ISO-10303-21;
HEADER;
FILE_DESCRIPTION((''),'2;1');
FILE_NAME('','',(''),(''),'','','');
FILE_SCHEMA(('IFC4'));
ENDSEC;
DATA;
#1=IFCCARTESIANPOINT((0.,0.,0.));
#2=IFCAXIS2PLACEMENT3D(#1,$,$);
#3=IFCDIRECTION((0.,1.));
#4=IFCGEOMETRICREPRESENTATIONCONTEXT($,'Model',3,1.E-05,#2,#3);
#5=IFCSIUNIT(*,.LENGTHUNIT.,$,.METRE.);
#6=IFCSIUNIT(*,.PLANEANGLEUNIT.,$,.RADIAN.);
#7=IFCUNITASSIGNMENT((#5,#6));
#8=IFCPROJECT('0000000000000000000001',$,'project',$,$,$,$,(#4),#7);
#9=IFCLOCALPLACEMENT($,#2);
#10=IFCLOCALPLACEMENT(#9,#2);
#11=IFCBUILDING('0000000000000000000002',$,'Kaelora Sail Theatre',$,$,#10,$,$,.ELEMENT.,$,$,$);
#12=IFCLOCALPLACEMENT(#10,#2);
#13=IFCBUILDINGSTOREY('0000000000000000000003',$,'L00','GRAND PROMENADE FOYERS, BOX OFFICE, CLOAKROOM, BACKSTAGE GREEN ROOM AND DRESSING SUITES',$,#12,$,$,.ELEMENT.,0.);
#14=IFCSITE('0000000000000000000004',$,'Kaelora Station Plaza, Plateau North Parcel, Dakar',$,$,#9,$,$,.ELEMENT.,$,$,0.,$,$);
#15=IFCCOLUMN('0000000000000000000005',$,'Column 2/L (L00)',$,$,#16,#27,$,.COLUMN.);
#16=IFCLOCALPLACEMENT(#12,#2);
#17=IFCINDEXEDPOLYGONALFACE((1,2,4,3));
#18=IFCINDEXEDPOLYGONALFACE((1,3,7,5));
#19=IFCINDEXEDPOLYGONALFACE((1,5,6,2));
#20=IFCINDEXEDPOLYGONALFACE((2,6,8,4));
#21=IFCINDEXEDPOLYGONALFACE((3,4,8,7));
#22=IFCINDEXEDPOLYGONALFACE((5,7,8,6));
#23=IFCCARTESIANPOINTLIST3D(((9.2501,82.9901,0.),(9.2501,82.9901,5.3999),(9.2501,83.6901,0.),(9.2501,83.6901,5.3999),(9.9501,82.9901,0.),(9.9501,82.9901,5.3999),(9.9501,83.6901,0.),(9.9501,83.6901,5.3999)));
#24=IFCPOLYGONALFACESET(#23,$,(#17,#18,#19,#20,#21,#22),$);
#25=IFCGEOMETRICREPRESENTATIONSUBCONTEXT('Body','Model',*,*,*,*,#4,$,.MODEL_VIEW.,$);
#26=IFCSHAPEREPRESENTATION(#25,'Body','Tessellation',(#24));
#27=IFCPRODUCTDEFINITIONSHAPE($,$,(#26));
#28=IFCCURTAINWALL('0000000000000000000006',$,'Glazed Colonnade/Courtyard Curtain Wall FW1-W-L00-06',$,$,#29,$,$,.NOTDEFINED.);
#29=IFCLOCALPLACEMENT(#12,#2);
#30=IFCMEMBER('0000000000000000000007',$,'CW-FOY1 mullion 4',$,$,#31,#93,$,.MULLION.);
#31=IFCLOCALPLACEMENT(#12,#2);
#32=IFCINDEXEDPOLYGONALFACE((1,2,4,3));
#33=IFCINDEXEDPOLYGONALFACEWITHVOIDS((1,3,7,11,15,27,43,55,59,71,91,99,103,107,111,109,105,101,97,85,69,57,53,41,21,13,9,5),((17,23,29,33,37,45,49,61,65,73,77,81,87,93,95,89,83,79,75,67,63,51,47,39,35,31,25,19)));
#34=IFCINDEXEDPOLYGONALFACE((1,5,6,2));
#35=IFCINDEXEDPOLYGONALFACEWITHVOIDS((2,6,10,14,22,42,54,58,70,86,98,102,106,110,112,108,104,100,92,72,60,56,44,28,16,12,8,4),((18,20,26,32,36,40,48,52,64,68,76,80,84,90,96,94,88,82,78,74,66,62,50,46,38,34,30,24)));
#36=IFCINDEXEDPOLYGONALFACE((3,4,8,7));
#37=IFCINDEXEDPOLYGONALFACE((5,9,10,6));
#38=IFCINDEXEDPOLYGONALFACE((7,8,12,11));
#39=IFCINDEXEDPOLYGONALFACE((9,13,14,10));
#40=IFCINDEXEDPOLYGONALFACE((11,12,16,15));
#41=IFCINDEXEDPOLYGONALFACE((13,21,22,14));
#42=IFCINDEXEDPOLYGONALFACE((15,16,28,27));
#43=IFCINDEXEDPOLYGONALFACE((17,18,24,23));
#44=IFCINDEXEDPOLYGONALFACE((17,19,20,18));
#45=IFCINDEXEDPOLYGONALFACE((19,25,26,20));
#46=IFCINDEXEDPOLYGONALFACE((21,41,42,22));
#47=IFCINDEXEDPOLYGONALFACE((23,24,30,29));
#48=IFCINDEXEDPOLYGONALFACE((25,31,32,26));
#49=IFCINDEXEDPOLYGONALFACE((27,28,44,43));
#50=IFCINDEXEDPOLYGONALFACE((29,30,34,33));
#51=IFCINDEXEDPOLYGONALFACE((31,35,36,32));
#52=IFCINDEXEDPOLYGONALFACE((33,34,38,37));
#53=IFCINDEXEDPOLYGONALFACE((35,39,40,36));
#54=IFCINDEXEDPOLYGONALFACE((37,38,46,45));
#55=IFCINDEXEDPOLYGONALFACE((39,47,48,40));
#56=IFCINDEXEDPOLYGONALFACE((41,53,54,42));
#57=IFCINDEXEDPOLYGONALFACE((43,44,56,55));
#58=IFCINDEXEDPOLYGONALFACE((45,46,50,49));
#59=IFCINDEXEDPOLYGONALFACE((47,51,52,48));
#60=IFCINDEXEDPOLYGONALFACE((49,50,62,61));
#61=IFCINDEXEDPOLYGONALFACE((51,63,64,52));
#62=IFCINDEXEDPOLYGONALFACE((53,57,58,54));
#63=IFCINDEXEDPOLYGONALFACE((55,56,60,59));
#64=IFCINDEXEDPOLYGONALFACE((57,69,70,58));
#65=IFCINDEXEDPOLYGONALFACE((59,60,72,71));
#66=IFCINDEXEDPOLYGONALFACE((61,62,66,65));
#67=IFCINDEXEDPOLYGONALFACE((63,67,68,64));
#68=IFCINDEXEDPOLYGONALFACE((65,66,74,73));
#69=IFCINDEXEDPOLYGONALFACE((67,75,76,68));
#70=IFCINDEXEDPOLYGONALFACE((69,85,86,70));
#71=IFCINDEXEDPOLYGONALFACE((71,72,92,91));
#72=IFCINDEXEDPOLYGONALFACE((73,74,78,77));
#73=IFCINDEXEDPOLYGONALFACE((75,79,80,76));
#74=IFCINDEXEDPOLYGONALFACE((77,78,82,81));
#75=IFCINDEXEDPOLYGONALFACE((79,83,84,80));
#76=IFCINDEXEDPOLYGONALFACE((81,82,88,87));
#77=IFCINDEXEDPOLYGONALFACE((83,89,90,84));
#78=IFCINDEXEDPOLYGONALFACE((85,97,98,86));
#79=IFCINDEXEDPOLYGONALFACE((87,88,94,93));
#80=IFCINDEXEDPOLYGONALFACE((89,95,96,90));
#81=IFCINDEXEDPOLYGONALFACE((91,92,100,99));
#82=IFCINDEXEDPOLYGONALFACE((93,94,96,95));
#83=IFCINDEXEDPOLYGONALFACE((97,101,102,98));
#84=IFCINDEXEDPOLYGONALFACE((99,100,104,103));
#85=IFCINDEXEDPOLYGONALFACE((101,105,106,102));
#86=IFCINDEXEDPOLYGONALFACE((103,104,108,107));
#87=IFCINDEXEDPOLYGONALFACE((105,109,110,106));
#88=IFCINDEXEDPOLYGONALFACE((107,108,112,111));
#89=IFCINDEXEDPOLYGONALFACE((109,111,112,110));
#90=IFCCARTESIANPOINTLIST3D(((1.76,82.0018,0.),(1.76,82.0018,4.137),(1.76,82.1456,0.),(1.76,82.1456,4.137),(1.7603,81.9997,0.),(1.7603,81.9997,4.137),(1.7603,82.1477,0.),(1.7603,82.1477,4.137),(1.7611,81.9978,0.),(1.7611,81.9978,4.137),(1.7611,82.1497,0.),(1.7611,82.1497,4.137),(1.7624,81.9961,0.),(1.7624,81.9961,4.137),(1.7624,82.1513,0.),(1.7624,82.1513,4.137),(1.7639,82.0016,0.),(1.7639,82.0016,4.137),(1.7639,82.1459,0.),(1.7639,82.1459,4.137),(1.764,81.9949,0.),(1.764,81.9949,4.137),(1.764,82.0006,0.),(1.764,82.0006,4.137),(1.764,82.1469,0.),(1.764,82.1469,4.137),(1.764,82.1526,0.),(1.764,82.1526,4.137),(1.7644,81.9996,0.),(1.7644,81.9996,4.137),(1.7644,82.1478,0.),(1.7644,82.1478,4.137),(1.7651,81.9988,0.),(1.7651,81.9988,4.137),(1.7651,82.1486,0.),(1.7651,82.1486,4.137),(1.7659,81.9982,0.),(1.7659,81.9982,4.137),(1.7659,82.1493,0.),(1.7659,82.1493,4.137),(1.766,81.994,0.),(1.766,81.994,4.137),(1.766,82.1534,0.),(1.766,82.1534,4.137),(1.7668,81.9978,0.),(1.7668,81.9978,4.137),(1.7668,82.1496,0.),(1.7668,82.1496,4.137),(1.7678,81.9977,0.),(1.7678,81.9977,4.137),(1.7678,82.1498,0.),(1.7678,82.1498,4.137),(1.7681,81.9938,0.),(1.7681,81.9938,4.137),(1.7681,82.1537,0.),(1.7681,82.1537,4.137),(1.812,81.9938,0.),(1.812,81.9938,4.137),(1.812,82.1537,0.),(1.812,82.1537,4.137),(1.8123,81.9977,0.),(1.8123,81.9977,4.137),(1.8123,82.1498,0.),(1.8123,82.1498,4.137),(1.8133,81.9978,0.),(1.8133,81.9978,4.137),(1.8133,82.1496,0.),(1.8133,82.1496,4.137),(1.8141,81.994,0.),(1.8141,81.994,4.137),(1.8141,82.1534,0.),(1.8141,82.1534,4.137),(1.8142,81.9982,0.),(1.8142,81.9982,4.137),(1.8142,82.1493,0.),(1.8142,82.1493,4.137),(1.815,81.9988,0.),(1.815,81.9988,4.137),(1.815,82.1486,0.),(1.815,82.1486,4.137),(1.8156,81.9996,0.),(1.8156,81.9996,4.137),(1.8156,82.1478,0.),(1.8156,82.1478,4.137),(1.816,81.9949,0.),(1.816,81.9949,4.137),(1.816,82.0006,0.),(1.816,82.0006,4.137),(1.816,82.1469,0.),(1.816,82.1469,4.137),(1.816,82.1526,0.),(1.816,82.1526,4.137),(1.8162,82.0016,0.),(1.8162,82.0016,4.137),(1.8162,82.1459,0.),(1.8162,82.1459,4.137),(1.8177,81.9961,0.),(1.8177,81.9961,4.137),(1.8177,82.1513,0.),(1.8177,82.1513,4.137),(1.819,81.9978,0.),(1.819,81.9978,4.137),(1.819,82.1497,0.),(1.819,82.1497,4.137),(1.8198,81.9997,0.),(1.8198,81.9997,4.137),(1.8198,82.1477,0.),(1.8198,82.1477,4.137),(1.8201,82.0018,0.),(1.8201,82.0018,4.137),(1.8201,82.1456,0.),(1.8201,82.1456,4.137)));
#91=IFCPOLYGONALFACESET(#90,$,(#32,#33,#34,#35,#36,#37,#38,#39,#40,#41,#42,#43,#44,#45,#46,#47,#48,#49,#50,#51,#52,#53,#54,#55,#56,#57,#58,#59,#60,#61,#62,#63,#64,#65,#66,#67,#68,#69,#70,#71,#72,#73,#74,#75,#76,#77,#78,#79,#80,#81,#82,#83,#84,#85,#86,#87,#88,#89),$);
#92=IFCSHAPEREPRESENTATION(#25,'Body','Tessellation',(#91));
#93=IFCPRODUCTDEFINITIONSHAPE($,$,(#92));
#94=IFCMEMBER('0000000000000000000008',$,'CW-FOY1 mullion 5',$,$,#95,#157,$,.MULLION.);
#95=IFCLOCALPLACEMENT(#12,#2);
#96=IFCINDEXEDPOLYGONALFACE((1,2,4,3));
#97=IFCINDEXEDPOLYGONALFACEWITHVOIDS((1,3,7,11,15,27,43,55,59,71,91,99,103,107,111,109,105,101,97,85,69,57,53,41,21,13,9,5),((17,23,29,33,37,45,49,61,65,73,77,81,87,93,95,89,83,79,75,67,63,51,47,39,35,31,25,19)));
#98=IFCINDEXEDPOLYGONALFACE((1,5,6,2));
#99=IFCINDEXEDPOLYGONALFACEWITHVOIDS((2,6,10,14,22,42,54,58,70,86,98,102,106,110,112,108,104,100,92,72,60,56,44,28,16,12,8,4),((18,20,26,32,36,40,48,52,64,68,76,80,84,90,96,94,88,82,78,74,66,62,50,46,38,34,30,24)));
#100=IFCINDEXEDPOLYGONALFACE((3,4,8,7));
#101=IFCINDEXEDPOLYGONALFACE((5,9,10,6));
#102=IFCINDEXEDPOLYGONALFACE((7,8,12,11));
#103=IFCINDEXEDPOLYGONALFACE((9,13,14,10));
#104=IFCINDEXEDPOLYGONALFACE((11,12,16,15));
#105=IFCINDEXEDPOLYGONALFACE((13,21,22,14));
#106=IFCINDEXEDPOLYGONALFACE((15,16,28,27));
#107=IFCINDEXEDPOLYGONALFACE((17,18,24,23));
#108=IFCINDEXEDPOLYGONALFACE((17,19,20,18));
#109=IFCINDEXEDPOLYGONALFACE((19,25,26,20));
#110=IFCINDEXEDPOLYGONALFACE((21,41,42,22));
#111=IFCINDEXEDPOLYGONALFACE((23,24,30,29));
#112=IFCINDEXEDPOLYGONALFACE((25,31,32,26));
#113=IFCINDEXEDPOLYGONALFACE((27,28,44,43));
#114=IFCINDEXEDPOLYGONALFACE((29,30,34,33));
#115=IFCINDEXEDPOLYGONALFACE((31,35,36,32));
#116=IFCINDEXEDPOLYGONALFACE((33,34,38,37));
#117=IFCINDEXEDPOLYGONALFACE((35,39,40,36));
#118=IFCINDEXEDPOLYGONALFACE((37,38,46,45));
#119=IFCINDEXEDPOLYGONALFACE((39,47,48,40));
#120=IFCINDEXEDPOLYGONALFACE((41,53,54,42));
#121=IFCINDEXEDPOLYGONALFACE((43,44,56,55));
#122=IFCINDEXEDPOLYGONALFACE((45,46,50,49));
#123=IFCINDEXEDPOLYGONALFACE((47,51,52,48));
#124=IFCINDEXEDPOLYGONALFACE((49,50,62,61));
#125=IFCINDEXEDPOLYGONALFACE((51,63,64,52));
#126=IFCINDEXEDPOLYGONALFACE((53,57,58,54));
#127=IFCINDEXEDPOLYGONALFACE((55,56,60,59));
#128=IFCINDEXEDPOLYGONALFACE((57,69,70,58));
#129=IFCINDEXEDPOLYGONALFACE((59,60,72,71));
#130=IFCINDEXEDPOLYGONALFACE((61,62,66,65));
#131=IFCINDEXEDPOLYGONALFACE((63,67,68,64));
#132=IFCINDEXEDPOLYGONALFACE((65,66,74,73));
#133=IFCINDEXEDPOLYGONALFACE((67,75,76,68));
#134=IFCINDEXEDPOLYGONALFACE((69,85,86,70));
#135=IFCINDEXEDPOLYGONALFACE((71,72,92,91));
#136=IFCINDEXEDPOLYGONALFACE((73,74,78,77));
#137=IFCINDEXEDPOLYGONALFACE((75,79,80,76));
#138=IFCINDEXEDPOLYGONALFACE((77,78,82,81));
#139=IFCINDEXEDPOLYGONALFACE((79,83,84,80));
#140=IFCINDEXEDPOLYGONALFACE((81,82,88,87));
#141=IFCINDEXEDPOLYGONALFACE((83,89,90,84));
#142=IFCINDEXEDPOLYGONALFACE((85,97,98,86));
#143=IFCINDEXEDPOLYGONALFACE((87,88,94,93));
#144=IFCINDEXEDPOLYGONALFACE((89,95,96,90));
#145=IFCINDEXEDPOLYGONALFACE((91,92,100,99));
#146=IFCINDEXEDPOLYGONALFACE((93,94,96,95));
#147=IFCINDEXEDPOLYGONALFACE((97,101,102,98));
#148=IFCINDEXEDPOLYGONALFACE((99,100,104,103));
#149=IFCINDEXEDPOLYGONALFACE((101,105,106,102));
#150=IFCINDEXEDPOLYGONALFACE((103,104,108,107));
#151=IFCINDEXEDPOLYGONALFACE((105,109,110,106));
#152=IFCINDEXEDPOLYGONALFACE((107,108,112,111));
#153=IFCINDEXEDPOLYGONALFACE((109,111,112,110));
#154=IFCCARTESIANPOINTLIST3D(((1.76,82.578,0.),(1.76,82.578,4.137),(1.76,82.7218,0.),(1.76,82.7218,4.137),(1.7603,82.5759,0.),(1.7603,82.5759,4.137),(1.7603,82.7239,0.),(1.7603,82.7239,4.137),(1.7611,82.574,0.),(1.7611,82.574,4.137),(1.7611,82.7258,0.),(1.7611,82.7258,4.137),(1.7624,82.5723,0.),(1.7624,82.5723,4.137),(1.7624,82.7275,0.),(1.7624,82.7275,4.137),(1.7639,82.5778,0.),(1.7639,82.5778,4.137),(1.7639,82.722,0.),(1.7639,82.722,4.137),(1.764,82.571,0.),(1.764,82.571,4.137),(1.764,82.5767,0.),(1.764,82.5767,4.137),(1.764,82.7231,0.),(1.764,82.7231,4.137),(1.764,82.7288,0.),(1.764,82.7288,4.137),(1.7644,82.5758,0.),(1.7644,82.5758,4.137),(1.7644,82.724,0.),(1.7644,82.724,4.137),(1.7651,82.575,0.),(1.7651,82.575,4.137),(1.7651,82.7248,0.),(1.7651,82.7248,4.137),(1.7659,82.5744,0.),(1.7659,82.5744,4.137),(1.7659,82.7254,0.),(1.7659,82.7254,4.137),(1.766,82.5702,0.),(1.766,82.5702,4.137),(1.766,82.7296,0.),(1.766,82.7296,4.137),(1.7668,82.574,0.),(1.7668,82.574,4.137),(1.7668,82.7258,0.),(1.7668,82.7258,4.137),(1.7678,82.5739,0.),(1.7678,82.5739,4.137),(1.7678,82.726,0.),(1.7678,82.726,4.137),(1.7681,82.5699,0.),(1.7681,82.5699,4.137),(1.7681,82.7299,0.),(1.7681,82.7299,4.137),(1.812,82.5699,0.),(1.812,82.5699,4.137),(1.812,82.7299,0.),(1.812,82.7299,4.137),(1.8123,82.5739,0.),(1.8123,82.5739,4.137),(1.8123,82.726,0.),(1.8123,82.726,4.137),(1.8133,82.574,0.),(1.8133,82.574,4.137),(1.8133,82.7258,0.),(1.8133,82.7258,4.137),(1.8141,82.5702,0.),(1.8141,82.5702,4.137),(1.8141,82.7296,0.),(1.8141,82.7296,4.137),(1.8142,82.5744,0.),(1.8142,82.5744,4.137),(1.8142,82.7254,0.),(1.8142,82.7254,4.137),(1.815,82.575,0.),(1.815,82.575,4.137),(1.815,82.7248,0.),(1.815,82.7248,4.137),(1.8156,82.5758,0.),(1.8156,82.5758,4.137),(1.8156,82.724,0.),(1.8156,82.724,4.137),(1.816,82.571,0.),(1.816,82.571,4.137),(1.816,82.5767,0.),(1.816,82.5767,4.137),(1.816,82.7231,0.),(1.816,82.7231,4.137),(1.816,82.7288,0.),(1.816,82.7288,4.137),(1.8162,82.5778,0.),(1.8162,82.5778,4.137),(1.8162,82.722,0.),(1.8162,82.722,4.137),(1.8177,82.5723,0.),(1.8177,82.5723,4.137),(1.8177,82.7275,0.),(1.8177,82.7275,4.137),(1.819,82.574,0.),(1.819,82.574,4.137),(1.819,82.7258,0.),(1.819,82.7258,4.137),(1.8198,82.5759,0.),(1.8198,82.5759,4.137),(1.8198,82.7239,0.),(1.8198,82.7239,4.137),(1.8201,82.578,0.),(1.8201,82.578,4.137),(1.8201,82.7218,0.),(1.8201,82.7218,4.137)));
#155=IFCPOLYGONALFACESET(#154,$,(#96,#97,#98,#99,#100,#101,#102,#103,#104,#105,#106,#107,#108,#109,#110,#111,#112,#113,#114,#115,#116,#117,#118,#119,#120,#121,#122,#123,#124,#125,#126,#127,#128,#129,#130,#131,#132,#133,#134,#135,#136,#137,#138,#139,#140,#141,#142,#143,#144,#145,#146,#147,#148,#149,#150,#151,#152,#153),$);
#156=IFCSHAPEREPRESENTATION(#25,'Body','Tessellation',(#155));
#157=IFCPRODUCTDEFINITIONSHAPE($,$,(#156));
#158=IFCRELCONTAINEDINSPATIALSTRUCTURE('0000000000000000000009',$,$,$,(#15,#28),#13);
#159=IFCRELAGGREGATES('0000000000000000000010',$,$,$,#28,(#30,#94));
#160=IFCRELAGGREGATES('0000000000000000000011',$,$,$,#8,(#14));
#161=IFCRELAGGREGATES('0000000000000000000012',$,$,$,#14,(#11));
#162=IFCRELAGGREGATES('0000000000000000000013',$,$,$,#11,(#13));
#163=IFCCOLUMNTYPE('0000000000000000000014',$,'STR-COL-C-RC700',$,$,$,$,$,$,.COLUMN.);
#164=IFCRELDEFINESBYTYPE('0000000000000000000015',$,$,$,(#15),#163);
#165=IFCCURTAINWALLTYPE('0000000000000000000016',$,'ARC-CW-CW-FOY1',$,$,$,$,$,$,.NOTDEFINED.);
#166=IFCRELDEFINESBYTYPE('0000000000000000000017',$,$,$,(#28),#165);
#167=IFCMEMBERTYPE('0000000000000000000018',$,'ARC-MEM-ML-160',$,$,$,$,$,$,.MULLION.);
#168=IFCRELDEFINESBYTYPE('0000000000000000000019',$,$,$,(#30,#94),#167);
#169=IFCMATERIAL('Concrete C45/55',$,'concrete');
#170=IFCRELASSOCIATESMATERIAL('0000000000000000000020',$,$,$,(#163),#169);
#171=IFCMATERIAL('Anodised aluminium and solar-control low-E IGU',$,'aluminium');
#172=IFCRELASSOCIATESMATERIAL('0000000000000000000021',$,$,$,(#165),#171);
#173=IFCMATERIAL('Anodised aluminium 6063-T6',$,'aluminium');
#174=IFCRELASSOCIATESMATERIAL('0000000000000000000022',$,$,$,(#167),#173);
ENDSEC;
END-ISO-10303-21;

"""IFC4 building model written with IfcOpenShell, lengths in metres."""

from ifc_helpers import new_model, si_unit, direction, frame, origin, origin_2d, place, context, subcontext, project, spatial, rectangle, hollow_rectangle, extrude, material, material_profile, profile_set, type_object, element, aggregate, save


model = new_model("IFC4")

# Units and contexts
model_context = context("Model", 3, precision=1e-05, world=origin(), true_north=direction((0.0, 1.0)))
body_context = subcontext(model_context, "Body", "Model", "MODEL_VIEW")
ifc_project = project(units=[si_unit("LENGTHUNIT", "METRE"), si_unit("PLANEANGLEUNIT", "RADIAN")], contexts=[model_context])

# Site, building, storey
site_placement = place(None, origin())
site = spatial("IfcSite", under=ifc_project, at=site_placement, Name="Kaelora Station Plaza, Plateau North Parcel, Dakar", CompositionType="ELEMENT", RefElevation=0.0)
building_placement = place(site_placement, origin())
building = spatial("IfcBuilding", under=site, at=building_placement, Name="Kaelora Sail Theatre", CompositionType="ELEMENT")
storey_placement = place(building_placement, origin())
storey = spatial("IfcBuildingStorey", under=building, at=storey_placement, Name="L00", Description="GRAND PROMENADE FOYERS, BOX OFFICE, CLOAKROOM, BACKSTAGE GREEN ROOM AND DRESSING SUITES", CompositionType="ELEMENT", Elevation=0.0)

# Column
ifc_material_1 = material(Name="Concrete C45/55", Category="concrete")
ifc_material_profile_1 = material_profile(ifc_material_1, rectangle(XDim=0.7, YDim=0.7, at=origin_2d()), Name="RC-COL 700x700")
ifc_profile_set_1 = profile_set([ifc_material_profile_1], Name="Concrete C45/55")
column_type = type_object("IfcColumnType", Name="STR-COL-C-RC700", PredefinedType="COLUMN", material=ifc_profile_set_1)
column_placement = place(storey_placement, frame((9.6001, 83.3401, 0.0), z_axis=(0.0, 0.0, 1.0), x_axis=(1.0, 0.0, 0.0)))
element("IfcColumn", 1, at=column_placement, inside=storey, type_object=column_type, Name="Column 2/L (L00)", PredefinedType="COLUMN", context=body_context, shape_type="SweptSolid", body=[
    extrude(rectangle(XDim=0.7, YDim=0.7, at=origin_2d()), origin(), (0.0, 0.0, 1.0), 5.3999),
])

# Curtain wall, members
ifc_material_2 = material(Name="Anodised aluminium and solar-control low-E IGU", Category="aluminium")
curtain_wall_type = type_object("IfcCurtainWallType", Name="ARC-CW-CW-FOY1", PredefinedType="NOTDEFINED", material=ifc_material_2)
curtain_wall_placement = place(storey_placement, origin())
curtain_wall = element("IfcCurtainWall", 2, at=curtain_wall_placement, inside=storey, type_object=curtain_wall_type, Name="Glazed Colonnade/Courtyard Curtain Wall FW1-W-L00-06", PredefinedType="NOTDEFINED")
ifc_material_3 = material(Name="Anodised aluminium 6063-T6", Category="aluminium")
ifc_material_profile_2 = material_profile(ifc_material_3, hollow_rectangle(XDim=0.0601, YDim=0.1599, WallThickness=0.0039, InnerFilletRadius=0.0039, OuterFilletRadius=0.0081, at=origin_2d()), Name="ALU-MULL 60x160x4")
ifc_profile_set_2 = profile_set([ifc_material_profile_2], Name="Anodised aluminium 6063-T6")
member_type_1 = type_object("IfcMemberType", Name="ARC-MEM-ML-160", PredefinedType="MULLION", material=ifc_profile_set_2)
member_1_placement = place(storey_placement, frame((1.79, 82.0737, 0.0), z_axis=(0.0, 0.0, 1.0), x_axis=(-1.0, 0.0, 0.0)))
member_1 = element("IfcMember", 3, at=member_1_placement, type_object=member_type_1, Name="CW-FOY1 mullion 4", PredefinedType="MULLION", context=body_context, shape_type="SweptSolid", body=[
    extrude(hollow_rectangle(XDim=0.0601, YDim=0.1599, WallThickness=0.0039, InnerFilletRadius=0.0039, OuterFilletRadius=0.0081, at=origin_2d()), origin(), (0.0, 0.0, 1.0), 4.137),
])
member_2_placement = place(storey_placement, frame((1.79, 82.6499, 0.0), z_axis=(0.0, 0.0, 1.0), x_axis=(-1.0, 0.0, 0.0)))
member_2 = element("IfcMember", 4, at=member_2_placement, type_object=member_type_1, Name="CW-FOY1 mullion 5", PredefinedType="MULLION", context=body_context, shape_type="SweptSolid", body=[
    extrude(hollow_rectangle(XDim=0.0601, YDim=0.1599, WallThickness=0.0039, InnerFilletRadius=0.0039, OuterFilletRadius=0.0081, at=origin_2d()), origin(), (0.0, 0.0, 1.0), 4.137),
])

aggregate(curtain_wall, [member_1, member_2])

save(model, "model.ifc")
